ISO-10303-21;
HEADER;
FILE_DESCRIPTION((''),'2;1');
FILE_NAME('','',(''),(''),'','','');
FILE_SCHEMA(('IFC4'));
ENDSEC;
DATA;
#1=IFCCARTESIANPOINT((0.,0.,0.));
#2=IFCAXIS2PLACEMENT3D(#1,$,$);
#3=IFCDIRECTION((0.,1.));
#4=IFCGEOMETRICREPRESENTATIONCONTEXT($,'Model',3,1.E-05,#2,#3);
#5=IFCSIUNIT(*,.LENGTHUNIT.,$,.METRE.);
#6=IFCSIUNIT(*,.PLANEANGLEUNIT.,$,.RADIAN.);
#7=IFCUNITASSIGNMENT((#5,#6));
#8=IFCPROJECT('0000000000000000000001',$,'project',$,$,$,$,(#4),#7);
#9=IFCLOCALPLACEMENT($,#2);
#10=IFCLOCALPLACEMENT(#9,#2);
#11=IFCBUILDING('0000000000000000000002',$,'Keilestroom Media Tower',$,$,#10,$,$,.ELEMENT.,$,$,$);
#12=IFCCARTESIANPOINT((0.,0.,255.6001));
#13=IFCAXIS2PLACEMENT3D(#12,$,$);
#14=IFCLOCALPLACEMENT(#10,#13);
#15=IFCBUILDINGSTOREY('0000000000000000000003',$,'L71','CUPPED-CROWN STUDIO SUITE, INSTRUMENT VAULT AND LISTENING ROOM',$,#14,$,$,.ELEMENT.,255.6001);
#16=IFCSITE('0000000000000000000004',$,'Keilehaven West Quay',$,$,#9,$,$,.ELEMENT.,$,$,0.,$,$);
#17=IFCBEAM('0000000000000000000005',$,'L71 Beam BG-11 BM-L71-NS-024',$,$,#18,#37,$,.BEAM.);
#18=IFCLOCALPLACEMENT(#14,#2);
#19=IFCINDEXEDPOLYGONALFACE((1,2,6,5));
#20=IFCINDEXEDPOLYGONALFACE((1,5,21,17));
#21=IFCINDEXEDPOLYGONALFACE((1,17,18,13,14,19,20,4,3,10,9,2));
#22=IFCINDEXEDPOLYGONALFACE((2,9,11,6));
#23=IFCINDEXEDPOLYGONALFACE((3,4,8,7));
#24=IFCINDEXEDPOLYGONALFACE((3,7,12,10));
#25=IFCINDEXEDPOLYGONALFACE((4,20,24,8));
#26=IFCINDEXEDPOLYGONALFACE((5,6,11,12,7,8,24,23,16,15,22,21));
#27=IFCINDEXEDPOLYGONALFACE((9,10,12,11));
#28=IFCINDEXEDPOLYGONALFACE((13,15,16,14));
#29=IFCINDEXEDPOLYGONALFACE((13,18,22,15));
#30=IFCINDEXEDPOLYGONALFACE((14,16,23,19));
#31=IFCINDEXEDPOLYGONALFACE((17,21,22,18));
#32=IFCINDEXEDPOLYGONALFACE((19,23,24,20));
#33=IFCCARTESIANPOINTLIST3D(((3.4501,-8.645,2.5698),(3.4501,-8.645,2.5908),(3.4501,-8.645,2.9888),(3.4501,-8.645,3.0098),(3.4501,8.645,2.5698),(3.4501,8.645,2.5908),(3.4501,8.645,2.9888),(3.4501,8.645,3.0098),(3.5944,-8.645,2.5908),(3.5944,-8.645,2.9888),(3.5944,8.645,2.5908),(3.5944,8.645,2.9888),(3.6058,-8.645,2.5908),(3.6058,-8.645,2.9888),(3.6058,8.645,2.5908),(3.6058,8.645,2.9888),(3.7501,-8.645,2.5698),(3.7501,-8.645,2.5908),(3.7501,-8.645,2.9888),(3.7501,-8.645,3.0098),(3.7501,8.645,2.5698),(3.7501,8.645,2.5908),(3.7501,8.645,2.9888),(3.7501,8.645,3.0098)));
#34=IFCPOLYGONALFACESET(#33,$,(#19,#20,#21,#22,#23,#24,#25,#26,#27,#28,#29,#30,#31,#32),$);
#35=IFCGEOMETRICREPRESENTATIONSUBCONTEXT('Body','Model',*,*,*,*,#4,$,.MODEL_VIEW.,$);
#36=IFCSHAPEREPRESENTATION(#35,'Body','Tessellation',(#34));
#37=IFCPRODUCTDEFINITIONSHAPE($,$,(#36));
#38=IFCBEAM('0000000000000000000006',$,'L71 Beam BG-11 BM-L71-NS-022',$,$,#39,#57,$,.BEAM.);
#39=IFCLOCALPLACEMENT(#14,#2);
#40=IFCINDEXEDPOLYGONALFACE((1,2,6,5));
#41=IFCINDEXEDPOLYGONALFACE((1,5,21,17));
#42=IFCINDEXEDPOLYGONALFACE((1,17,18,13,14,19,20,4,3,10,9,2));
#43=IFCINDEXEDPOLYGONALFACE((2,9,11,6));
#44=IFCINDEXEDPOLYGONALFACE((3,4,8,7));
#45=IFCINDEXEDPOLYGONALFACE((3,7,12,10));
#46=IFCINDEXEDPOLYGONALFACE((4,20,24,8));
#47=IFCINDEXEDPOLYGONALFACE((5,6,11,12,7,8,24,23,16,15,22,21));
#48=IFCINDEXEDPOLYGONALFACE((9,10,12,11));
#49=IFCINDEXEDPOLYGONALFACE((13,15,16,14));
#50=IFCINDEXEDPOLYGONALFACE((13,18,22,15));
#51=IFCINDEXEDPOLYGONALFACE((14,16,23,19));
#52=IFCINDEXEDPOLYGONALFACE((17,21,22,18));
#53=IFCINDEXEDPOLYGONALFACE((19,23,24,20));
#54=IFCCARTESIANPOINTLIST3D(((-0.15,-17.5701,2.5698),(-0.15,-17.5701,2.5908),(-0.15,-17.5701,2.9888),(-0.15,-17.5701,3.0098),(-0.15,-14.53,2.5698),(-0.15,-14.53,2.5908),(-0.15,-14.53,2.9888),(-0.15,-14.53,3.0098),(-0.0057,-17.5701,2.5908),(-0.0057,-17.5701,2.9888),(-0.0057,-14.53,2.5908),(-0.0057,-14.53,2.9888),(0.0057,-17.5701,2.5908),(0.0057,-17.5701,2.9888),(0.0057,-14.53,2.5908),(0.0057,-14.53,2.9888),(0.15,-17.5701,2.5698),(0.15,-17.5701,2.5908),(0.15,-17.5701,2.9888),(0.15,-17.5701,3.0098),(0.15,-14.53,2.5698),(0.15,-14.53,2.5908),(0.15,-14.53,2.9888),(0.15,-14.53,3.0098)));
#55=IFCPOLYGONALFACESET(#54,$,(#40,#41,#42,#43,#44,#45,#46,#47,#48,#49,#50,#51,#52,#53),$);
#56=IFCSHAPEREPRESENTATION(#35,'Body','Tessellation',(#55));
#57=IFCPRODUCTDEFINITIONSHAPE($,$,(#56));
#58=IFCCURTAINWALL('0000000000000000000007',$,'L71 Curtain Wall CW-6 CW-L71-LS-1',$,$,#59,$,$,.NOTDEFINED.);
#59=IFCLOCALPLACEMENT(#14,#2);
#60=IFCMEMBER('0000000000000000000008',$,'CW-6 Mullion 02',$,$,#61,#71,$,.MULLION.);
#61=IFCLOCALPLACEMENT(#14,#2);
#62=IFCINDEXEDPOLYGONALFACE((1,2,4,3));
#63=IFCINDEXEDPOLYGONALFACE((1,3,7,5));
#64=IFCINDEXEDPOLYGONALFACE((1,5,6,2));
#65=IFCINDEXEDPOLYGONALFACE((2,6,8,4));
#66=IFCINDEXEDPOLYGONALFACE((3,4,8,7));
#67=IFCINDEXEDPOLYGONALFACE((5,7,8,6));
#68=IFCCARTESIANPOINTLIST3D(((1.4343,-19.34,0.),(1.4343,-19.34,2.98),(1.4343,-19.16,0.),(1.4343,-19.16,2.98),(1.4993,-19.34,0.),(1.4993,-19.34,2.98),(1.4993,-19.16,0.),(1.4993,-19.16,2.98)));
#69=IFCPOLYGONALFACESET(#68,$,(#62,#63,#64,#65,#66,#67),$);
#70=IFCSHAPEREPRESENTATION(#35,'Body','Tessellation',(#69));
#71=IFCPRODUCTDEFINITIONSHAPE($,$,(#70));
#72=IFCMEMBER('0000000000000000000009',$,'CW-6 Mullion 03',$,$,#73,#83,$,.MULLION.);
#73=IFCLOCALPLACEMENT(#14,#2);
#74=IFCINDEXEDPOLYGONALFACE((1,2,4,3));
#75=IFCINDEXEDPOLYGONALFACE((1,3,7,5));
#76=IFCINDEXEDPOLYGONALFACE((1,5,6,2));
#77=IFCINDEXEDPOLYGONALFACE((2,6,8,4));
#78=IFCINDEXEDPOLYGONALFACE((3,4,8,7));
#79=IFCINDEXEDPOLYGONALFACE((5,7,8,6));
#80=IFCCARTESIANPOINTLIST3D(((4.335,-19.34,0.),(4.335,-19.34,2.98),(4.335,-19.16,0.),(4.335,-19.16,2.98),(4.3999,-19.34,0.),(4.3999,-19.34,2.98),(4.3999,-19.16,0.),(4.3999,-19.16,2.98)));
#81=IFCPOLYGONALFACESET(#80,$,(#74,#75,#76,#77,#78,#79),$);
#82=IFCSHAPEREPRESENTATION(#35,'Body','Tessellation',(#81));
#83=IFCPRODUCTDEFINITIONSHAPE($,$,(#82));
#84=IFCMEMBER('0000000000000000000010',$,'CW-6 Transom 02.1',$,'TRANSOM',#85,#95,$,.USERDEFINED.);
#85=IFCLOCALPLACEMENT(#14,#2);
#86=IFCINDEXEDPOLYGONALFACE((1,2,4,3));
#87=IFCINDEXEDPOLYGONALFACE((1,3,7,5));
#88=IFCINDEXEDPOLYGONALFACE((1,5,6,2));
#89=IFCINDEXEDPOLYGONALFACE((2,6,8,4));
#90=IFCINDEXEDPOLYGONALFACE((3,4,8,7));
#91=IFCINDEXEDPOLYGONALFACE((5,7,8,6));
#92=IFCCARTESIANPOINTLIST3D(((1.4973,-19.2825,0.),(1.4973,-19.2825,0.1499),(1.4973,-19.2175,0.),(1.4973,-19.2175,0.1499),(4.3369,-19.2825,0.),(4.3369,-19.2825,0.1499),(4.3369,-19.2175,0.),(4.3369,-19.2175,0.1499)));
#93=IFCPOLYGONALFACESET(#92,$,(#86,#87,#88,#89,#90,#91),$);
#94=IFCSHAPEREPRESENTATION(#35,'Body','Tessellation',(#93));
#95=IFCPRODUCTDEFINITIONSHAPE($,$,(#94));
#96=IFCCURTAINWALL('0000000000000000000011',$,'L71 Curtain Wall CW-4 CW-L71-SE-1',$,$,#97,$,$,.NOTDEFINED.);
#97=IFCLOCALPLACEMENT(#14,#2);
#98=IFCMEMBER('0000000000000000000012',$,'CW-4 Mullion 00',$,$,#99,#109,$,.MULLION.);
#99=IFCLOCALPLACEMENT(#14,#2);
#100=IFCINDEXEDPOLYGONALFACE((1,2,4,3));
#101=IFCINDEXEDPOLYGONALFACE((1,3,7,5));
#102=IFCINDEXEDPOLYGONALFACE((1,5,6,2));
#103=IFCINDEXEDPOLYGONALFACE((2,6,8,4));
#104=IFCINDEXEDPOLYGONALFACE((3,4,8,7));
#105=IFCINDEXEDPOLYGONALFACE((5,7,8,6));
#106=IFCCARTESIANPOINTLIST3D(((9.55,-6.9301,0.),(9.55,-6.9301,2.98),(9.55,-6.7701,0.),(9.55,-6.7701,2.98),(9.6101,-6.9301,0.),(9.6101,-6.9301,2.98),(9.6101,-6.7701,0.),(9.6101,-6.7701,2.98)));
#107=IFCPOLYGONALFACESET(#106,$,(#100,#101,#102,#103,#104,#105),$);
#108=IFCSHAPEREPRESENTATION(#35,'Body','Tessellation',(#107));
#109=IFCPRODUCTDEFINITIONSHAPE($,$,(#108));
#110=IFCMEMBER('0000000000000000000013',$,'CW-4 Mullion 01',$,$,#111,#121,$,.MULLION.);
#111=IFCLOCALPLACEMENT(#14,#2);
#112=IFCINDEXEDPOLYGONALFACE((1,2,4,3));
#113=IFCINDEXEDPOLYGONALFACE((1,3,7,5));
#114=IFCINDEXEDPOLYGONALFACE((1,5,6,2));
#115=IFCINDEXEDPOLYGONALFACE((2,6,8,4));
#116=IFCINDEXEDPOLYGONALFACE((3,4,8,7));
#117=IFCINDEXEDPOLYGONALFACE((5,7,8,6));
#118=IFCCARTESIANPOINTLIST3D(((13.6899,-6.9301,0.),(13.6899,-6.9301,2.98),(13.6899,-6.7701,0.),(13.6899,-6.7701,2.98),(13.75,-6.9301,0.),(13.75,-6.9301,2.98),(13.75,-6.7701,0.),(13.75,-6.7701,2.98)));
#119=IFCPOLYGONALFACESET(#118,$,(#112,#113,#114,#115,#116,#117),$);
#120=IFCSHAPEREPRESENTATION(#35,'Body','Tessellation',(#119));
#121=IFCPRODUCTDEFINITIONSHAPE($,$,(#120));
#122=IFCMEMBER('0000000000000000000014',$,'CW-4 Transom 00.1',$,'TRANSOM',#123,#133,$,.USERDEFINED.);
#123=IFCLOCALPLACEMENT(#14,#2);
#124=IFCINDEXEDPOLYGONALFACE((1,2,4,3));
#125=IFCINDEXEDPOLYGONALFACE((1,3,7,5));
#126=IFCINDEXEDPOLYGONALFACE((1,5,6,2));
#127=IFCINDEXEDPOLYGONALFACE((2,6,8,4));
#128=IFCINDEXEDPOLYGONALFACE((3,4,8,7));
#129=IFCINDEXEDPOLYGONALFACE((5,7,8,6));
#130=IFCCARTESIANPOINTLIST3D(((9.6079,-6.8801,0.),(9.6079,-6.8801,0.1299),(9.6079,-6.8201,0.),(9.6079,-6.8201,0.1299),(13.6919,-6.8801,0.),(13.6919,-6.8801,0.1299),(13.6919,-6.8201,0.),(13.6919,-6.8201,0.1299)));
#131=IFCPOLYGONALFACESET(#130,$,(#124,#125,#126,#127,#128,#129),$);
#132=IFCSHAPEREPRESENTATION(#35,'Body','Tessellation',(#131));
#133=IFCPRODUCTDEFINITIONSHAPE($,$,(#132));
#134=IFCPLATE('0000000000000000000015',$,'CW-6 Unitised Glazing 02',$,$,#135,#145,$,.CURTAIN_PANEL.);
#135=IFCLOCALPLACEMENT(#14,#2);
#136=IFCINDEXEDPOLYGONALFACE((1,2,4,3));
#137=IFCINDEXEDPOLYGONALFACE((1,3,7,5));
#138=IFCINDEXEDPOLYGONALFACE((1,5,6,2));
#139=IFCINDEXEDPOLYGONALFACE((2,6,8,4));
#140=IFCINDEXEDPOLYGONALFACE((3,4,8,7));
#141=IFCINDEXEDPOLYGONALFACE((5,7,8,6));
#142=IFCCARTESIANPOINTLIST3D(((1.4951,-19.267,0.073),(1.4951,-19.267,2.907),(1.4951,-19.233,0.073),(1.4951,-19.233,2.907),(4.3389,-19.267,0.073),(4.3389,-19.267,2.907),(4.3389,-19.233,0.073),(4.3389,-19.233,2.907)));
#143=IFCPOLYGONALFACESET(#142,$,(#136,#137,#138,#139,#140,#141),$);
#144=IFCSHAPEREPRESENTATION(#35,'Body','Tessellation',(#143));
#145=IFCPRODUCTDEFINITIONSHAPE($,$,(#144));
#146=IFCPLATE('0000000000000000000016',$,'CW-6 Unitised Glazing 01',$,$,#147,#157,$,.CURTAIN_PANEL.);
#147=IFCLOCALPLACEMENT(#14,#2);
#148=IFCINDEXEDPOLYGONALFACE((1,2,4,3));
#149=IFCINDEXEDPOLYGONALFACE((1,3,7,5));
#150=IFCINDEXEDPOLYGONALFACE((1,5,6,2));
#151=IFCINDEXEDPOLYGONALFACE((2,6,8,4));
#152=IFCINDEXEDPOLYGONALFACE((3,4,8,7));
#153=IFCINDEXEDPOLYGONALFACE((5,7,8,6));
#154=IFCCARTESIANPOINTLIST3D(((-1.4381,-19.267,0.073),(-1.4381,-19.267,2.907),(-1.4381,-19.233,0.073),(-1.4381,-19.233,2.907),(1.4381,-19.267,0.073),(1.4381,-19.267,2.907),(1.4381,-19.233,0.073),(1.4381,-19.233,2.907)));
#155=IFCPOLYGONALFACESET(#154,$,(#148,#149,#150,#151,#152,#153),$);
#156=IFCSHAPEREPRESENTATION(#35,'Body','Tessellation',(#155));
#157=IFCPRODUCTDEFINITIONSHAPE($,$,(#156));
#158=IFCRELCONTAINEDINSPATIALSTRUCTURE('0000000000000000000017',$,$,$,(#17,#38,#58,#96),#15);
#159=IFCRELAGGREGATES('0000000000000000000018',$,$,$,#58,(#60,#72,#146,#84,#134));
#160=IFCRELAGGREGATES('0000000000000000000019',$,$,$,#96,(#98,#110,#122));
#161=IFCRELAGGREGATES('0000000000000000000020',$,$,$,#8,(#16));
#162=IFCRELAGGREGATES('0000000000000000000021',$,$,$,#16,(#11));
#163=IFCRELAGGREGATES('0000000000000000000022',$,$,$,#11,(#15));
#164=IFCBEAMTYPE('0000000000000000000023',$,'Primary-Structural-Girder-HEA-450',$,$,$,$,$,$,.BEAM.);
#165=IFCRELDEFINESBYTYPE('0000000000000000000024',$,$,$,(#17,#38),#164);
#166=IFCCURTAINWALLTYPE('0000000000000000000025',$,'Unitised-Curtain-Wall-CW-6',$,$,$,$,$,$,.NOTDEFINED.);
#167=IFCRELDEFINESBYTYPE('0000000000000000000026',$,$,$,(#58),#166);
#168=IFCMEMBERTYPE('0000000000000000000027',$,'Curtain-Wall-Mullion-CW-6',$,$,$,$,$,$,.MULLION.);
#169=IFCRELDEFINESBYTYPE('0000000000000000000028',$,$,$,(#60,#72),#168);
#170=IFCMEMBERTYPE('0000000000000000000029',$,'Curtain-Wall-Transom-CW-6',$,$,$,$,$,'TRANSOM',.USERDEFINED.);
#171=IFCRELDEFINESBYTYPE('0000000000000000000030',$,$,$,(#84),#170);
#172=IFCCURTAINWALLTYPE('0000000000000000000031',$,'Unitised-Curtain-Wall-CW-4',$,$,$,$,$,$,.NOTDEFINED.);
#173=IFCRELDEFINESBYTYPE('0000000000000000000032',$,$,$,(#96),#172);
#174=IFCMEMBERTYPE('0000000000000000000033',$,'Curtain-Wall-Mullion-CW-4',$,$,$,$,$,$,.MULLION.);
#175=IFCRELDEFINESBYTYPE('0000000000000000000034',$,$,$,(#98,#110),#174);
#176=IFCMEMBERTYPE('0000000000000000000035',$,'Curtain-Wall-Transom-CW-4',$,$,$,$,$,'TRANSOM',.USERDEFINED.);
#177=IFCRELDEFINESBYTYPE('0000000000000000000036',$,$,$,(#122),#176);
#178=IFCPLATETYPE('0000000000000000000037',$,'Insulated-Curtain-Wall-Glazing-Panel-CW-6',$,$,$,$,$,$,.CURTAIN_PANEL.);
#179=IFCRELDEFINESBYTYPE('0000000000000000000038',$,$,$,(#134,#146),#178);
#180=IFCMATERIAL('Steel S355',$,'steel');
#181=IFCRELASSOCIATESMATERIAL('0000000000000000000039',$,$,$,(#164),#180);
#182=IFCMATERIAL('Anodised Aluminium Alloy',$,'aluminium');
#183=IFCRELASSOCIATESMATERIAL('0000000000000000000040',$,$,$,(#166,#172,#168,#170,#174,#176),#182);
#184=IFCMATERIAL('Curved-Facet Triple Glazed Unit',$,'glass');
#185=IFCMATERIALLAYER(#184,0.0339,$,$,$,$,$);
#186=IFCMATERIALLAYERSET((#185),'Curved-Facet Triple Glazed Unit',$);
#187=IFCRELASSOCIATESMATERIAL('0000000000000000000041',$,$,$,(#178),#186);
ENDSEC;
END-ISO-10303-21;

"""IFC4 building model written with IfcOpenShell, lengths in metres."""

from ifc_helpers import new_model, si_unit, direction, frame, origin, origin_2d, place, context, subcontext, project, spatial, rectangle, i_section, extrude, source, transform, mapped, material, layer, layer_set, material_profile, profile_set, type_object, element, aggregate, save


model = new_model("IFC4")

# Units and contexts
model_context = context("Model", 3, precision=1e-05, world=origin(), true_north=direction((0.0, 1.0)))
body_context = subcontext(model_context, "Body", "Model", "MODEL_VIEW")
ifc_project = project(units=[si_unit("LENGTHUNIT", "METRE"), si_unit("PLANEANGLEUNIT", "RADIAN")], contexts=[model_context])

# Site, building, storey
site_placement = place(None, origin())
site = spatial("IfcSite", under=ifc_project, at=site_placement, Name="Keilehaven West Quay", CompositionType="ELEMENT", RefElevation=0.0)
building_placement = place(site_placement, origin())
building = spatial("IfcBuilding", under=site, at=building_placement, Name="Keilestroom Media Tower", CompositionType="ELEMENT")
storey_placement = place(building_placement, frame((0.0, 0.0, 255.6001)))
storey = spatial("IfcBuildingStorey", under=building, at=storey_placement, Name="L71", Description="CUPPED-CROWN STUDIO SUITE, INSTRUMENT VAULT AND LISTENING ROOM", CompositionType="ELEMENT", Elevation=255.6001)

# Shared definitions
ifc_material_1 = material(Name="Steel S355", Category="steel")

# Beams
ifc_material_profile_1 = material_profile(ifc_material_1, i_section(OverallWidth=0.3, OverallDepth=0.4399, WebThickness=0.0115, FlangeThickness=0.021, at=origin_2d()), Name="HEA 450")
ifc_profile_set_1 = profile_set([ifc_material_profile_1], Name="Steel S355")
beam_type_1 = type_object("IfcBeamType", Name="Primary-Structural-Girder-HEA-450", PredefinedType="BEAM", material=ifc_profile_set_1)
shared_shape_1 = source(origin(), body_context, "Body", "SweptSolid", [
    extrude(i_section(OverallWidth=0.3, OverallDepth=0.4399, WebThickness=0.0115, FlangeThickness=0.021, at=origin_2d()), origin(), (0.0, 0.0, 1.0), 17.29),
])
beam_1_placement = place(storey_placement, frame((3.6001, -8.645, 2.7898), z_axis=(0.0, 1.0, 0.0), x_axis=(-1.0, 0.0, 0.0)))
element("IfcBeam", 1, at=beam_1_placement, inside=storey, type_object=beam_type_1, Name="L71 Beam BG-11 BM-L71-NS-024", PredefinedType="BEAM", context=body_context, shape_type="MappedRepresentation", body=[
    mapped(shared_shape_1, transform((0.0, 0.0, 0.0), x_axis=(1.0, 0.0, 0.0), y_axis=(0.0, 1.0, 0.0), z_axis=(0.0, 0.0, 1.0), scale=1.0)),
])
shared_shape_2 = source(origin(), body_context, "Body", "SweptSolid", [
    extrude(i_section(OverallWidth=0.3, OverallDepth=0.4399, WebThickness=0.0115, FlangeThickness=0.021, at=origin_2d()), origin(), (0.0, 0.0, 1.0), 3.04),
])
beam_2_placement = place(storey_placement, frame((0.0, -17.5701, 2.7898), z_axis=(0.0, 1.0, 0.0), x_axis=(-1.0, 0.0, 0.0)))
element("IfcBeam", 2, at=beam_2_placement, inside=storey, type_object=beam_type_1, Name="L71 Beam BG-11 BM-L71-NS-022", PredefinedType="BEAM", context=body_context, shape_type="MappedRepresentation", body=[
    mapped(shared_shape_2, transform((0.0, 0.0, 0.0), x_axis=(1.0, 0.0, 0.0), y_axis=(0.0, 1.0, 0.0), z_axis=(0.0, 0.0, 1.0), scale=1.0)),
])

# Curtain walls, members
ifc_material_2 = material(Name="Anodised Aluminium Alloy", Category="aluminium")
curtain_wall_type_1 = type_object("IfcCurtainWallType", Name="Unitised-Curtain-Wall-CW-6", PredefinedType="NOTDEFINED", material=ifc_material_2)
curtain_wall_1_placement = place(storey_placement, origin())
curtain_wall_1 = element("IfcCurtainWall", 3, at=curtain_wall_1_placement, inside=storey, type_object=curtain_wall_type_1, Name="L71 Curtain Wall CW-6 CW-L71-LS-1", PredefinedType="NOTDEFINED")
ifc_material_profile_2 = material_profile(ifc_material_2, rectangle(XDim=0.0649, YDim=0.1799, at=origin_2d()), Name="ALU MULLION 65x180")
ifc_profile_set_2 = profile_set([ifc_material_profile_2], Name="Anodised Aluminium Alloy")
member_type_1 = type_object("IfcMemberType", Name="Curtain-Wall-Mullion-CW-6", PredefinedType="MULLION", material=ifc_profile_set_2)
shared_shape_3 = source(origin(), body_context, "Body", "SweptSolid", [
    extrude(rectangle(XDim=0.0649, YDim=0.1799, at=origin_2d()), origin(), (0.0, 0.0, 1.0), 2.98),
])
member_1_placement = place(storey_placement, frame((1.4668, -19.25, 0.0), z_axis=(0.0, 0.0, 1.0), x_axis=(1.0, 0.0, 0.0)))
member_1 = element("IfcMember", 4, at=member_1_placement, type_object=member_type_1, Name="CW-6 Mullion 02", PredefinedType="MULLION", context=body_context, shape_type="MappedRepresentation", body=[
    mapped(shared_shape_3, transform((0.0, 0.0, 0.0), x_axis=(1.0, 0.0, 0.0), y_axis=(0.0, 1.0, 0.0), z_axis=(0.0, 0.0, 1.0), scale=1.0)),
])
member_2_placement = place(storey_placement, frame((4.3674, -19.25, 0.0), z_axis=(0.0, 0.0, 1.0), x_axis=(1.0, 0.0, 0.0)))
member_2 = element("IfcMember", 5, at=member_2_placement, type_object=member_type_1, Name="CW-6 Mullion 03", PredefinedType="MULLION", context=body_context, shape_type="MappedRepresentation", body=[
    mapped(shared_shape_3, transform((0.0, 0.0, 0.0), x_axis=(1.0, 0.0, 0.0), y_axis=(0.0, 1.0, 0.0), z_axis=(0.0, 0.0, 1.0), scale=1.0)),
])
ifc_material_profile_3 = material_profile(ifc_material_2, rectangle(XDim=0.0649, YDim=0.1499, at=origin_2d()), Name="ALU TRANSOM 65x150")
ifc_profile_set_3 = profile_set([ifc_material_profile_3], Name="Anodised Aluminium Alloy")
member_type_2 = type_object("IfcMemberType", Name="Curtain-Wall-Transom-CW-6", ElementType="TRANSOM", PredefinedType="USERDEFINED", material=ifc_profile_set_3)
shared_shape_4 = source(origin(), body_context, "Body", "SweptSolid", [
    extrude(rectangle(XDim=0.0649, YDim=0.1499, at=origin_2d()), origin(), (0.0, 0.0, 1.0), 2.8396),
])
member_3_placement = place(storey_placement, frame((1.4973, -19.25, 0.075), z_axis=(1.0, 0.0, 0.0), x_axis=(0.0, 1.0, 0.0)))
member_3 = element("IfcMember", 6, at=member_3_placement, type_object=member_type_2, Name="CW-6 Transom 02.1", ObjectType="TRANSOM", PredefinedType="USERDEFINED", context=body_context, shape_type="MappedRepresentation", body=[
    mapped(shared_shape_4, transform((0.0, 0.0, 0.0), x_axis=(1.0, 0.0, 0.0), y_axis=(0.0, 1.0, 0.0), z_axis=(0.0, 0.0, 1.0), scale=1.0)),
])
curtain_wall_type_2 = type_object("IfcCurtainWallType", Name="Unitised-Curtain-Wall-CW-4", PredefinedType="NOTDEFINED", material=ifc_material_2)
curtain_wall_2_placement = place(storey_placement, origin())
curtain_wall_2 = element("IfcCurtainWall", 7, at=curtain_wall_2_placement, inside=storey, type_object=curtain_wall_type_2, Name="L71 Curtain Wall CW-4 CW-L71-SE-1", PredefinedType="NOTDEFINED")
ifc_material_profile_4 = material_profile(ifc_material_2, rectangle(XDim=0.0601, YDim=0.1599, at=origin_2d()), Name="ALU MULLION 60x160")
ifc_profile_set_4 = profile_set([ifc_material_profile_4], Name="Anodised Aluminium Alloy")
member_type_3 = type_object("IfcMemberType", Name="Curtain-Wall-Mullion-CW-4", PredefinedType="MULLION", material=ifc_profile_set_4)
shared_shape_5 = source(origin(), body_context, "Body", "SweptSolid", [
    extrude(rectangle(XDim=0.0601, YDim=0.1599, at=origin_2d()), origin(), (0.0, 0.0, 1.0), 2.98),
])
member_4_placement = place(storey_placement, frame((9.5801, -6.8501, 0.0), z_axis=(0.0, 0.0, 1.0), x_axis=(1.0, 0.0, 0.0)))
member_4 = element("IfcMember", 8, at=member_4_placement, type_object=member_type_3, Name="CW-4 Mullion 00", PredefinedType="MULLION", context=body_context, shape_type="MappedRepresentation", body=[
    mapped(shared_shape_5, transform((0.0, 0.0, 0.0), x_axis=(1.0, 0.0, 0.0), y_axis=(0.0, 1.0, 0.0), z_axis=(0.0, 0.0, 1.0), scale=1.0)),
])
member_5_placement = place(storey_placement, frame((13.72, -6.8501, 0.0), z_axis=(0.0, 0.0, 1.0), x_axis=(1.0, 0.0, 0.0)))
member_5 = element("IfcMember", 9, at=member_5_placement, type_object=member_type_3, Name="CW-4 Mullion 01", PredefinedType="MULLION", context=body_context, shape_type="MappedRepresentation", body=[
    mapped(shared_shape_5, transform((0.0, 0.0, 0.0), x_axis=(1.0, 0.0, 0.0), y_axis=(0.0, 1.0, 0.0), z_axis=(0.0, 0.0, 1.0), scale=1.0)),
])
ifc_material_profile_5 = material_profile(ifc_material_2, rectangle(XDim=0.0601, YDim=0.1299, at=origin_2d()), Name="ALU TRANSOM 60x130")
ifc_profile_set_5 = profile_set([ifc_material_profile_5], Name="Anodised Aluminium Alloy")
member_type_4 = type_object("IfcMemberType", Name="Curtain-Wall-Transom-CW-4", ElementType="TRANSOM", PredefinedType="USERDEFINED", material=ifc_profile_set_5)
shared_shape_6 = source(origin(), body_context, "Body", "SweptSolid", [
    extrude(rectangle(XDim=0.0601, YDim=0.1299, at=origin_2d()), origin(), (0.0, 0.0, 1.0), 4.084),
])
member_6_placement = place(storey_placement, frame((9.6079, -6.8501, 0.0649), z_axis=(1.0, 0.0, 0.0), x_axis=(0.0, 1.0, 0.0)))
member_6 = element("IfcMember", 10, at=member_6_placement, type_object=member_type_4, Name="CW-4 Transom 00.1", ObjectType="TRANSOM", PredefinedType="USERDEFINED", context=body_context, shape_type="MappedRepresentation", body=[
    mapped(shared_shape_6, transform((0.0, 0.0, 0.0), x_axis=(1.0, 0.0, 0.0), y_axis=(0.0, 1.0, 0.0), z_axis=(0.0, 0.0, 1.0), scale=1.0)),
])

# Plates
ifc_material_3 = material(Name="Curved-Facet Triple Glazed Unit", Category="glass")
ifc_layer_1 = layer(ifc_material_3, 0.0339)
ifc_layer_set_1 = layer_set([ifc_layer_1], Name="Curved-Facet Triple Glazed Unit")
plate_type_1 = type_object("IfcPlateType", Name="Insulated-Curtain-Wall-Glazing-Panel-CW-6", PredefinedType="CURTAIN_PANEL", material=ifc_layer_set_1)
shared_shape_7 = source(origin(), body_context, "Body", "SweptSolid", [
    extrude(rectangle(XDim=2.8438, YDim=0.0339, at=origin_2d()), origin(), (0.0, 0.0, 1.0), 2.834),
])
plate_1_placement = place(storey_placement, frame((2.917, -19.25, 0.073), z_axis=(0.0, 0.0, 1.0), x_axis=(1.0, 0.0, 0.0)))
plate_1 = element("IfcPlate", 11, at=plate_1_placement, type_object=plate_type_1, Name="CW-6 Unitised Glazing 02", PredefinedType="CURTAIN_PANEL", context=body_context, shape_type="MappedRepresentation", body=[
    mapped(shared_shape_7, transform((0.0, 0.0, 0.0), x_axis=(1.0, 0.0, 0.0), y_axis=(0.0, 1.0, 0.0), z_axis=(0.0, 0.0, 1.0), scale=1.0)),
])
shared_shape_8 = source(origin(), body_context, "Body", "SweptSolid", [
    extrude(rectangle(XDim=2.8762, YDim=0.0339, at=origin_2d()), origin(), (0.0, 0.0, 1.0), 2.834),
])
plate_2_placement = place(storey_placement, frame((0.0, -19.25, 0.073), z_axis=(0.0, 0.0, 1.0), x_axis=(1.0, 0.0, 0.0)))
plate_2 = element("IfcPlate", 12, at=plate_2_placement, type_object=plate_type_1, Name="CW-6 Unitised Glazing 01", PredefinedType="CURTAIN_PANEL", context=body_context, shape_type="MappedRepresentation", body=[
    mapped(shared_shape_8, transform((0.0, 0.0, 0.0), x_axis=(1.0, 0.0, 0.0), y_axis=(0.0, 1.0, 0.0), z_axis=(0.0, 0.0, 1.0), scale=1.0)),
])
aggregate(curtain_wall_1, [member_1, member_2, plate_2, member_3, plate_1])
aggregate(curtain_wall_2, [member_4, member_5, member_6])

save(model, "model.ifc")
